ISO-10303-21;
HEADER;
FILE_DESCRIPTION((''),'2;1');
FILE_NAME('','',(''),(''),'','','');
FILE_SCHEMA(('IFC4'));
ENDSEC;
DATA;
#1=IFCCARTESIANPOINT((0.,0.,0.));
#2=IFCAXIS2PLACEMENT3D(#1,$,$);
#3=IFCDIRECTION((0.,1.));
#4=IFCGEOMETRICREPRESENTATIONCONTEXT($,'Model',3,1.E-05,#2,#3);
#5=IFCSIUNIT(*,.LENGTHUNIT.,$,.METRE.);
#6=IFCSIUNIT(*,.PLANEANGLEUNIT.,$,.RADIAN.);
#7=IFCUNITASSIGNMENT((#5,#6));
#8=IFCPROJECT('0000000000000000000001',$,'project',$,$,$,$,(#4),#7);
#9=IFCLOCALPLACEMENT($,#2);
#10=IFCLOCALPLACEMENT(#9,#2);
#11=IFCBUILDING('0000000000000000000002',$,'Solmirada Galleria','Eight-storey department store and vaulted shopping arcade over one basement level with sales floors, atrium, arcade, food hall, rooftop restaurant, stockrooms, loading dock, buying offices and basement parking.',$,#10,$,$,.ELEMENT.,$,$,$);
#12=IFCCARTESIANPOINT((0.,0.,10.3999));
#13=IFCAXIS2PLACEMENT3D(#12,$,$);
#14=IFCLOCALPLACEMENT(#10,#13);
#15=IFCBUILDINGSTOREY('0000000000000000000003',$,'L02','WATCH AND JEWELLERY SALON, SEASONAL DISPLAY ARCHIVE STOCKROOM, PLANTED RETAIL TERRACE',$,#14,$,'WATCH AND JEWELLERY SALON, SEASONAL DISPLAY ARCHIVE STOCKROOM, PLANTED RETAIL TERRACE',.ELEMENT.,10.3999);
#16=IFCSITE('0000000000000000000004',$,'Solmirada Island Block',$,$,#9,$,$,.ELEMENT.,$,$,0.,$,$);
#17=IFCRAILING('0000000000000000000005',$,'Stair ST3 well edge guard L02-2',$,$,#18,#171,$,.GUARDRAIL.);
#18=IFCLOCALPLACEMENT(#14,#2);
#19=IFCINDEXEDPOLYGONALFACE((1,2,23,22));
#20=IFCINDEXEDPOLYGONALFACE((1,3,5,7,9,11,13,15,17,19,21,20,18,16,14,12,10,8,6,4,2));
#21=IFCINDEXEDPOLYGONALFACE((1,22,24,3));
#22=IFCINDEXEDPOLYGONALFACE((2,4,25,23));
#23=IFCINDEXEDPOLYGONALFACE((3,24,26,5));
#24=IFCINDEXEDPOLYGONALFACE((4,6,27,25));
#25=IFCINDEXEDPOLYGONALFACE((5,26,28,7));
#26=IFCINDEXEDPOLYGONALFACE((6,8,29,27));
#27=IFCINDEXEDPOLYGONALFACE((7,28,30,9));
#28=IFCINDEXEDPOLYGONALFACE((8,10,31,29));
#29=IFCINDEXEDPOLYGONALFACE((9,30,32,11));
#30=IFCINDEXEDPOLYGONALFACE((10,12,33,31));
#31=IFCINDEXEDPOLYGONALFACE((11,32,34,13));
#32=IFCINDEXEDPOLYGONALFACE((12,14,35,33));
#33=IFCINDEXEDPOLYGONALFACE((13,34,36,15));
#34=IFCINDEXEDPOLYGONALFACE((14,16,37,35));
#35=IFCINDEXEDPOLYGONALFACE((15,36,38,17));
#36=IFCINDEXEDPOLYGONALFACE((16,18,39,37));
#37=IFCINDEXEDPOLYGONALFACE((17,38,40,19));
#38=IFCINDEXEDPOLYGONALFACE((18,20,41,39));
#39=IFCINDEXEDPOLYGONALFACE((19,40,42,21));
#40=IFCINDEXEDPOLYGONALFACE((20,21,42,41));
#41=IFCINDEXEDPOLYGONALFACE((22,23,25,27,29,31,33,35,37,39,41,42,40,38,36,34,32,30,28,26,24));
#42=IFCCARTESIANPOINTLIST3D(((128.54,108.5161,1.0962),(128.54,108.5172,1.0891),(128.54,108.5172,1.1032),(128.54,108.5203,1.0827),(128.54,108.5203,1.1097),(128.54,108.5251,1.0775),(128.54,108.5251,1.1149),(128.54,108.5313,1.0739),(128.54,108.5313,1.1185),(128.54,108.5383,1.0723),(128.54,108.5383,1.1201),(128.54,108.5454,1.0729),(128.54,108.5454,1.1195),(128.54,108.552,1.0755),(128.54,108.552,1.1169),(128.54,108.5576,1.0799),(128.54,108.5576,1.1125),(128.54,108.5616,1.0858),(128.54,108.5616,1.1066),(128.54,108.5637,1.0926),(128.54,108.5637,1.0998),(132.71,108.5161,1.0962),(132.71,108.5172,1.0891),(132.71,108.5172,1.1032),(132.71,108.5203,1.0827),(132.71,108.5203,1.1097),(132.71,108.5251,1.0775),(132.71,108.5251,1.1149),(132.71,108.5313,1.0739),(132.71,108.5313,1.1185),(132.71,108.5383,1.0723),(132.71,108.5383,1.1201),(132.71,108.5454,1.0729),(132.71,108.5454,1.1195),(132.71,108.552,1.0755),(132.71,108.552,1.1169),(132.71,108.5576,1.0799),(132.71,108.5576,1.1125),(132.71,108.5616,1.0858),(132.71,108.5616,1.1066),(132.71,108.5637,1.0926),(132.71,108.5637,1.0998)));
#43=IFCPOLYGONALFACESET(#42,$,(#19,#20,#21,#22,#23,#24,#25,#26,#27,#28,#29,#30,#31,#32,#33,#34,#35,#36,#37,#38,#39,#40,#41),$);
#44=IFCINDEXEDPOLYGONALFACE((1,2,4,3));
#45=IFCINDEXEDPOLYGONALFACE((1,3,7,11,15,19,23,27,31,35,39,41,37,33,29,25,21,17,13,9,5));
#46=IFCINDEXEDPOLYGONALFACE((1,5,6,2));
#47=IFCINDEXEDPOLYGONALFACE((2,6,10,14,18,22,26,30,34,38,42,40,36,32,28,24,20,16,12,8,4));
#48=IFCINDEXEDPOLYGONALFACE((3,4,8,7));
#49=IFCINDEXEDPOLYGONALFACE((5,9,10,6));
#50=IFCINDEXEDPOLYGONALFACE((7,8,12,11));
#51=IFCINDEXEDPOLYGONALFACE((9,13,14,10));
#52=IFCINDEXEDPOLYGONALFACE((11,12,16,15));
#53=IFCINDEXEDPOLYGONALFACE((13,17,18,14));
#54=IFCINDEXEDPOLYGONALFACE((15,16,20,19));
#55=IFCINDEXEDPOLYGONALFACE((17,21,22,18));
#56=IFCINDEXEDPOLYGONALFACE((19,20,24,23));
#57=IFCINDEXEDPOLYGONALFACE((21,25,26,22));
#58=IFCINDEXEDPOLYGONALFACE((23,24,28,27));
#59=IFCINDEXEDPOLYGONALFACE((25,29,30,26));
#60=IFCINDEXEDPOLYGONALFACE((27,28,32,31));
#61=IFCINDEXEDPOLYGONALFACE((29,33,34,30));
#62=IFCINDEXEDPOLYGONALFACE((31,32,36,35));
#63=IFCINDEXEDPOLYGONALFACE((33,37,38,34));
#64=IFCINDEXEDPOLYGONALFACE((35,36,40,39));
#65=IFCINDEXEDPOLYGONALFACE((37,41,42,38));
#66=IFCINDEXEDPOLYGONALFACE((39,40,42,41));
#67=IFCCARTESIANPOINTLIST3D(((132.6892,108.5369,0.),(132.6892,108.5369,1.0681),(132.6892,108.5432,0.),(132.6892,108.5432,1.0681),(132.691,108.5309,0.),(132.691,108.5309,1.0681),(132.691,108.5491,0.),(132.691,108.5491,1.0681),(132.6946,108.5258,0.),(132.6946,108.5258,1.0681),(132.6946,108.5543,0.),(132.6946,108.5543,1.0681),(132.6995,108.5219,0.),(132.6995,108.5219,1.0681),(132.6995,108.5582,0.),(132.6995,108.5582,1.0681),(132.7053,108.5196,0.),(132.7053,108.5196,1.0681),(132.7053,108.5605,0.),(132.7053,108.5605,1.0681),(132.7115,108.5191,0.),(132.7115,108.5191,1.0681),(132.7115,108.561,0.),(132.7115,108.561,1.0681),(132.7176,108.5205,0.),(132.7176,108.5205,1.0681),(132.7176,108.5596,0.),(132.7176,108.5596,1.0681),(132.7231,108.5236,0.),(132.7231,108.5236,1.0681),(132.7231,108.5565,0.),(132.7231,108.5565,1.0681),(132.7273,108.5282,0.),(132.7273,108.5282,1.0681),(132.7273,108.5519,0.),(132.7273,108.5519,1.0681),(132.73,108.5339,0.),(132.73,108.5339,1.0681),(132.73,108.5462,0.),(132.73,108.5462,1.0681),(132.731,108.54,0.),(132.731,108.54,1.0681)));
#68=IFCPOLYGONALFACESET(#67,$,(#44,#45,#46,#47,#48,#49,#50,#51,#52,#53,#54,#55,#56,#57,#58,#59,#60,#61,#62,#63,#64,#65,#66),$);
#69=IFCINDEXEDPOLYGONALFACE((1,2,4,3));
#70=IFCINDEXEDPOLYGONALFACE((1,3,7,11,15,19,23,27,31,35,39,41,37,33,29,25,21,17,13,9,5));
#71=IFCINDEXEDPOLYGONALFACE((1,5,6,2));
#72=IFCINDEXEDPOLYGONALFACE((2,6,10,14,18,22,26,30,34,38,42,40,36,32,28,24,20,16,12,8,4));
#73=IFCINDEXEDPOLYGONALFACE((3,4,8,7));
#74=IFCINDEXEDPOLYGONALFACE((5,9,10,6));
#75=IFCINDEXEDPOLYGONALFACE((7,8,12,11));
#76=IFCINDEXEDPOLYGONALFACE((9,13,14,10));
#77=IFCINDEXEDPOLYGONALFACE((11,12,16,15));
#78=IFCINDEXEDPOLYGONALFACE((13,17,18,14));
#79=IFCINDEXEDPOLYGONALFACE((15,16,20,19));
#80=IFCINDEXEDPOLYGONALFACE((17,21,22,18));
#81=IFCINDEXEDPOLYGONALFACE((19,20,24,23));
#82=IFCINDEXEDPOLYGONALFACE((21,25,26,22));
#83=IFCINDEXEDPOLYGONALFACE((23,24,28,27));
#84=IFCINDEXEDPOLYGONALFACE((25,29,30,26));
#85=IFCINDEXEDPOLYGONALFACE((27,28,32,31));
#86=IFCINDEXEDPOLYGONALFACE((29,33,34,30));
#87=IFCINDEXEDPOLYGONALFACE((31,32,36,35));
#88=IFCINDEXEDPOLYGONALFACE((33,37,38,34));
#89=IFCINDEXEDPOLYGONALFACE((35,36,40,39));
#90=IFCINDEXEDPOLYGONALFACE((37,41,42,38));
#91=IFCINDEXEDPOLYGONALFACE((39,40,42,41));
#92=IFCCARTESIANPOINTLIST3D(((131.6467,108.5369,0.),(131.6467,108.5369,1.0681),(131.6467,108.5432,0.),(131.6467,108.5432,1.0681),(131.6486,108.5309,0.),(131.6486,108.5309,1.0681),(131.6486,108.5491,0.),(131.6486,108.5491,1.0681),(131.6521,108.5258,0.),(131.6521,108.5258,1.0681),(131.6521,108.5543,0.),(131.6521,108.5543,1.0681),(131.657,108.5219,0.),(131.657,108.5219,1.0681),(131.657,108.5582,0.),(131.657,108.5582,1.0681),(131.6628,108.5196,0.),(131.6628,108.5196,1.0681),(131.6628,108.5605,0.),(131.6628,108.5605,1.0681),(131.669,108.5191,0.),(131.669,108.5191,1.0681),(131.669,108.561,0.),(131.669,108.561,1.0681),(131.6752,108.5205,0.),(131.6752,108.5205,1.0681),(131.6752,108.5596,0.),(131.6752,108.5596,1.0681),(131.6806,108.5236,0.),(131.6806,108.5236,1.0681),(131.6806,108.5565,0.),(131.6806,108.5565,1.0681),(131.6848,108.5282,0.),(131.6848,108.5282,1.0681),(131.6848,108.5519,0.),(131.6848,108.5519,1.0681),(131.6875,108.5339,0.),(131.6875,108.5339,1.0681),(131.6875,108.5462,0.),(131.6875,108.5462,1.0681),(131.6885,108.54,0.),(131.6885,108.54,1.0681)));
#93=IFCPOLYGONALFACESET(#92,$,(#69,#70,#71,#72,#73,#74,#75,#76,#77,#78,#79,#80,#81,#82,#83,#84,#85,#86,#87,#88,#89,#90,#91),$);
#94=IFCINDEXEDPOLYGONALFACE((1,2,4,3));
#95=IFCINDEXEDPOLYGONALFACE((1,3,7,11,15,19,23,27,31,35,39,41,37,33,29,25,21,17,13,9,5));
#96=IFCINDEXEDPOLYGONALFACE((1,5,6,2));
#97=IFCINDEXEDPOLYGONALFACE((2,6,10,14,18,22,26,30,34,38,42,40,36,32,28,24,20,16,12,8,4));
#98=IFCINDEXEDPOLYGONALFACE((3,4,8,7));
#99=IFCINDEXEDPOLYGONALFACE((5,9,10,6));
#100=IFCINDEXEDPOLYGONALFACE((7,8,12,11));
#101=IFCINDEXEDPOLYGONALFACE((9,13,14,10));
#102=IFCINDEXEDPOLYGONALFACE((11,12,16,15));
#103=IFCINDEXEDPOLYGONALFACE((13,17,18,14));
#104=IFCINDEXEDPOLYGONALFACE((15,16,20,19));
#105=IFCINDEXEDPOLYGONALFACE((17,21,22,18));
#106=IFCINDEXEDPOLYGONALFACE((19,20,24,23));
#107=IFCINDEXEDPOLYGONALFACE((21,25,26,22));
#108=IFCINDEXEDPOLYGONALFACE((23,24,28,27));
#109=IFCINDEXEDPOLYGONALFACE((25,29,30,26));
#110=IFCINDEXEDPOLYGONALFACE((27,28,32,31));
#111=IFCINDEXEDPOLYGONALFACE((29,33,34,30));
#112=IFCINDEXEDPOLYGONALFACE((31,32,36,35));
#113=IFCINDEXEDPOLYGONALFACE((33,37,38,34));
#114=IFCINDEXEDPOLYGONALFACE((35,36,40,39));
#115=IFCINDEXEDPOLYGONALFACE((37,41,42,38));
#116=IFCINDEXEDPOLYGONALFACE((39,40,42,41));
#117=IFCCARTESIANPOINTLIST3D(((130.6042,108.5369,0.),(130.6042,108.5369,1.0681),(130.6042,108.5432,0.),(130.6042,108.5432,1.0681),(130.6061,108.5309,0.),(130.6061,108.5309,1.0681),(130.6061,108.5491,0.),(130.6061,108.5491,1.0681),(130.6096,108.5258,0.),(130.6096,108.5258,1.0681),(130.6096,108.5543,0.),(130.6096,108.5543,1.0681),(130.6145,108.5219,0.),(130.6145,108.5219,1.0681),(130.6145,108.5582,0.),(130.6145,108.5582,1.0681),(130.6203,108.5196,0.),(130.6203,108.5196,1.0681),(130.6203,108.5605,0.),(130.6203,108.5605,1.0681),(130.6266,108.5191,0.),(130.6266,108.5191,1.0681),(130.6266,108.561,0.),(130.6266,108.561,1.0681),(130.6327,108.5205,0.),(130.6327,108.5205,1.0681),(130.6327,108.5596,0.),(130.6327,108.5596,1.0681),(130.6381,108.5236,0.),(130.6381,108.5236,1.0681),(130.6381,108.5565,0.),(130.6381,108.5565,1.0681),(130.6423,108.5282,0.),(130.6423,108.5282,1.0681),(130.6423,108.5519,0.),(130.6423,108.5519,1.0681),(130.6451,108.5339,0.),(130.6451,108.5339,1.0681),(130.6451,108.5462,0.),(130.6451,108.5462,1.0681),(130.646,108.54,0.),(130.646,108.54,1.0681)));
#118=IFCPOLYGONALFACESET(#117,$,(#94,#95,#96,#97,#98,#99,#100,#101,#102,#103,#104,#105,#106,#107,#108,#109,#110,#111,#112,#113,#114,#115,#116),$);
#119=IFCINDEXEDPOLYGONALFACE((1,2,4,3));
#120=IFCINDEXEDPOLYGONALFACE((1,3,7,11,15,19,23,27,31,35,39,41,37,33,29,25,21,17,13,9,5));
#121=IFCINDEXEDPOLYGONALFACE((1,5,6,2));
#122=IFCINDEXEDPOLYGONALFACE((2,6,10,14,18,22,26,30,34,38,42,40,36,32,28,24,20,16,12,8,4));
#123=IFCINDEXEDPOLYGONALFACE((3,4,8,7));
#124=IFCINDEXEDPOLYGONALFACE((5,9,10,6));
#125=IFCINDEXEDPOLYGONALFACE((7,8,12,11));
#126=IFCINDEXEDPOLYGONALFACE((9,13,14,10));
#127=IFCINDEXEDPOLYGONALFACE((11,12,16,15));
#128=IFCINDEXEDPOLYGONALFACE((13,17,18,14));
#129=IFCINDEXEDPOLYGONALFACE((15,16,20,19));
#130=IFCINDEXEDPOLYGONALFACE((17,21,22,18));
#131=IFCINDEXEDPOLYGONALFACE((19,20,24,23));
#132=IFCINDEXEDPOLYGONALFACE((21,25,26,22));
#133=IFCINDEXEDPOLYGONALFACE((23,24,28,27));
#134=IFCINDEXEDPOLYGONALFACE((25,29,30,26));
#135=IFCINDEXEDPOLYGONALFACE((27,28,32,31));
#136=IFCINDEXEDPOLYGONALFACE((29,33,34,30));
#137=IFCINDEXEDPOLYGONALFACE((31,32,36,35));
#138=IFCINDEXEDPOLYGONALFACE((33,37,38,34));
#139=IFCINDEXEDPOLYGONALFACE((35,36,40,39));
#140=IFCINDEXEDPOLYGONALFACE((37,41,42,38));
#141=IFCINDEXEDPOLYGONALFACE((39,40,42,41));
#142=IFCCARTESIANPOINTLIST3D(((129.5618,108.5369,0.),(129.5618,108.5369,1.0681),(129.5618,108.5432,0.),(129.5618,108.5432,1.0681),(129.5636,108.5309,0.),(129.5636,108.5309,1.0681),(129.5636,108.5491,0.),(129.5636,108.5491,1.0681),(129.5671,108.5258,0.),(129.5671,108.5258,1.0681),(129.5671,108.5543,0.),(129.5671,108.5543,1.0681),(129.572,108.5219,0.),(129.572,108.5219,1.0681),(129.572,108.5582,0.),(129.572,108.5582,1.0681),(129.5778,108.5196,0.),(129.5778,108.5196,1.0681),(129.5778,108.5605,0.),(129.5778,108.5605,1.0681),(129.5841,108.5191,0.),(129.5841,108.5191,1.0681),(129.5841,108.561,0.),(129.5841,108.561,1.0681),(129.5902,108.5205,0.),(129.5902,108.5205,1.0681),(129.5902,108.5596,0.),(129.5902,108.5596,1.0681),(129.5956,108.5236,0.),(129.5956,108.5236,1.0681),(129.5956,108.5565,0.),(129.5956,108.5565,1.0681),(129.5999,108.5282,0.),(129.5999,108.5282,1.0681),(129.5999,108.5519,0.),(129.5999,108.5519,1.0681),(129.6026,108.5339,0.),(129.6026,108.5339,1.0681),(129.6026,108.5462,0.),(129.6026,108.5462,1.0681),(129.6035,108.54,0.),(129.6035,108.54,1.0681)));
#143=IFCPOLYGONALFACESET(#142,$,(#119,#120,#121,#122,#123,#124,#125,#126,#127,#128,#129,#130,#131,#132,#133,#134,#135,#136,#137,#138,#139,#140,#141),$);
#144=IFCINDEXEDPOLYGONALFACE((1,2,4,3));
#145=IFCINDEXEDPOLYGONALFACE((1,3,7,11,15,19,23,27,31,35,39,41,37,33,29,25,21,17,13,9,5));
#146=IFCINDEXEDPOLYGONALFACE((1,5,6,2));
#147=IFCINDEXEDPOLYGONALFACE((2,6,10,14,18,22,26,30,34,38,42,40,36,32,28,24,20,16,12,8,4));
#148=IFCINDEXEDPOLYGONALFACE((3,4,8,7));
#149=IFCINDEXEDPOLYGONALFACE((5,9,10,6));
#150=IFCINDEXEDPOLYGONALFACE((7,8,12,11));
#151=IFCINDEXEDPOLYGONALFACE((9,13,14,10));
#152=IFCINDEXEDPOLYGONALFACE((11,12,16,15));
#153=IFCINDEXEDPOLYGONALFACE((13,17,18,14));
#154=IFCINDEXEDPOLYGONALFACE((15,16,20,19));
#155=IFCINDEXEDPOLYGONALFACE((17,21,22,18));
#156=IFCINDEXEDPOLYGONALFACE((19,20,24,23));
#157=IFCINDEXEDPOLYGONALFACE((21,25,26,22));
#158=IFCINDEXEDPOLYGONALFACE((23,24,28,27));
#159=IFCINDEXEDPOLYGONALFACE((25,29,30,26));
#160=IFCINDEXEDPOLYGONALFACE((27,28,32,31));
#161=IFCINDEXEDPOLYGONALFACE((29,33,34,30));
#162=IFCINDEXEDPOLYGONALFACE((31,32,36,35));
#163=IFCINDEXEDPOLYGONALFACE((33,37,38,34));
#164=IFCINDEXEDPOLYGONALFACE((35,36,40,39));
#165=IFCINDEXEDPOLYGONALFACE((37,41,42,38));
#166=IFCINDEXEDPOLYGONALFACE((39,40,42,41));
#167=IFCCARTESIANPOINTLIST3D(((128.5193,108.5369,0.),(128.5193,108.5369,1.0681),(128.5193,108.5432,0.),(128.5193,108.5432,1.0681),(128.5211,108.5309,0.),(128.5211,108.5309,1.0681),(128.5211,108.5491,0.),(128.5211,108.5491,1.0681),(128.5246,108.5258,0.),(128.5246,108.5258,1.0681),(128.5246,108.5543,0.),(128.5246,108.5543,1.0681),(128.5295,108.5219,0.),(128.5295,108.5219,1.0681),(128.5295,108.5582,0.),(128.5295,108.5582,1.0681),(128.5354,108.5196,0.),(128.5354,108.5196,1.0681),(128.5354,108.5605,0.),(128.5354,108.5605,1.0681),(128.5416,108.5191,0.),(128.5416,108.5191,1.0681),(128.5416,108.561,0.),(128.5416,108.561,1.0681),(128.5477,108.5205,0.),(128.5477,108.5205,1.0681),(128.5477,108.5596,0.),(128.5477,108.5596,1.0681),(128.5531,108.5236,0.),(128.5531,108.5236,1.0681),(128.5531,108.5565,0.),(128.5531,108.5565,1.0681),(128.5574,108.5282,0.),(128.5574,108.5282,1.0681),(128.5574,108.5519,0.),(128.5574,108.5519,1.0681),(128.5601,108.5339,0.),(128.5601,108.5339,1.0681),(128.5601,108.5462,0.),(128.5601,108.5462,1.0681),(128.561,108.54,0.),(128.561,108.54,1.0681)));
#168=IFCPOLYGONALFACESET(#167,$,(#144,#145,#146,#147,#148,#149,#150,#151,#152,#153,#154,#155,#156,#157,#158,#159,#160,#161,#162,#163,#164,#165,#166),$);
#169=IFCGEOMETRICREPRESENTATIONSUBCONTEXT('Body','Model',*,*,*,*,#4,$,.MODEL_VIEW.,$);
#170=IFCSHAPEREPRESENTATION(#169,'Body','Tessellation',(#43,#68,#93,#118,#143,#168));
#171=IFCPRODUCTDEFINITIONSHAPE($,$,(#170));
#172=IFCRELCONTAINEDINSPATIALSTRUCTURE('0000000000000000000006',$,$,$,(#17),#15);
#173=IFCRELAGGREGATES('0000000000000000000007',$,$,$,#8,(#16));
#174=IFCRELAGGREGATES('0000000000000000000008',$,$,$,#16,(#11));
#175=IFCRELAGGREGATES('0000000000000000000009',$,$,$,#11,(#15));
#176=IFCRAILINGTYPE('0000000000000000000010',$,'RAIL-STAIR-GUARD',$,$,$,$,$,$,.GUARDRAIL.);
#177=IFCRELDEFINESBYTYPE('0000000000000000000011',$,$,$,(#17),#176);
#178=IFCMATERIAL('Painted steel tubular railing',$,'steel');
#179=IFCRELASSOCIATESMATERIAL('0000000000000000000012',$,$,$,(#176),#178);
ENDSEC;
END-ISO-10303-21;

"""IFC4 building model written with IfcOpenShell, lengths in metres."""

from ifc_helpers import new_model, si_unit, direction, frame, origin, origin_2d, place, context, subcontext, project, spatial, circle, extrude, material, type_object, element, save


model = new_model("IFC4")

# Units and contexts
model_context = context("Model", 3, precision=1e-05, world=origin(), true_north=direction((0.0, 1.0)))
body_context = subcontext(model_context, "Body", "Model", "MODEL_VIEW")
ifc_project = project(units=[si_unit("LENGTHUNIT", "METRE"), si_unit("PLANEANGLEUNIT", "RADIAN")], contexts=[model_context])

# Site, building, storey
site_placement = place(None, origin())
site = spatial("IfcSite", under=ifc_project, at=site_placement, Name="Solmirada Island Block", CompositionType="ELEMENT", RefElevation=0.0)
building_placement = place(site_placement, origin())
building = spatial("IfcBuilding", under=site, at=building_placement, Name="Solmirada Galleria", Description="Eight-storey department store and vaulted shopping arcade over one basement level with sales floors, atrium, arcade, food hall, rooftop restaurant, stockrooms, loading dock, buying offices and basement parking.", CompositionType="ELEMENT")
storey_placement = place(building_placement, frame((0.0, 0.0, 10.3999)))
storey = spatial("IfcBuildingStorey", under=building, at=storey_placement, Name="L02", Description="WATCH AND JEWELLERY SALON, SEASONAL DISPLAY ARCHIVE STOCKROOM, PLANTED RETAIL TERRACE", LongName="WATCH AND JEWELLERY SALON, SEASONAL DISPLAY ARCHIVE STOCKROOM, PLANTED RETAIL TERRACE", CompositionType="ELEMENT", Elevation=10.3999)

# Railing
ifc_material_1 = material(Name="Painted steel tubular railing", Category="steel")
railing_type_1 = type_object("IfcRailingType", Name="RAIL-STAIR-GUARD", PredefinedType="GUARDRAIL", material=ifc_material_1)
railing_1_placement = place(storey_placement, frame((132.71, 108.54, 0.0)))
element("IfcRailing", 1, at=railing_1_placement, inside=storey, type_object=railing_type_1, Name="Stair ST3 well edge guard L02-2", PredefinedType="GUARDRAIL", context=body_context, shape_type="SweptSolid", body=[
    extrude(circle(Radius=0.0239, at=origin_2d()), frame((0.0, 0.0, 1.0962), z_axis=(-1.0, 0.0, 0.0), x_axis=(0.0, -1.0, 0.0)), (0.0, 0.0, 1.0), 4.1699),
    extrude(circle(Radius=0.021, at=origin_2d()), origin(), (0.0, 0.0, 1.0), 1.0681),
    extrude(circle(Radius=0.021, at=origin_2d()), frame((-1.0425, 0.0, 0.0)), (0.0, 0.0, 1.0), 1.0681),
    extrude(circle(Radius=0.021, at=origin_2d()), frame((-2.085, 0.0, 0.0)), (0.0, 0.0, 1.0), 1.0681),
    extrude(circle(Radius=0.021, at=origin_2d()), frame((-3.1274, 0.0, 0.0)), (0.0, 0.0, 1.0), 1.0681),
    extrude(circle(Radius=0.021, at=origin_2d()), frame((-4.1699, 0.0, 0.0)), (0.0, 0.0, 1.0), 1.0681),
])

save(model, "model.ifc")
